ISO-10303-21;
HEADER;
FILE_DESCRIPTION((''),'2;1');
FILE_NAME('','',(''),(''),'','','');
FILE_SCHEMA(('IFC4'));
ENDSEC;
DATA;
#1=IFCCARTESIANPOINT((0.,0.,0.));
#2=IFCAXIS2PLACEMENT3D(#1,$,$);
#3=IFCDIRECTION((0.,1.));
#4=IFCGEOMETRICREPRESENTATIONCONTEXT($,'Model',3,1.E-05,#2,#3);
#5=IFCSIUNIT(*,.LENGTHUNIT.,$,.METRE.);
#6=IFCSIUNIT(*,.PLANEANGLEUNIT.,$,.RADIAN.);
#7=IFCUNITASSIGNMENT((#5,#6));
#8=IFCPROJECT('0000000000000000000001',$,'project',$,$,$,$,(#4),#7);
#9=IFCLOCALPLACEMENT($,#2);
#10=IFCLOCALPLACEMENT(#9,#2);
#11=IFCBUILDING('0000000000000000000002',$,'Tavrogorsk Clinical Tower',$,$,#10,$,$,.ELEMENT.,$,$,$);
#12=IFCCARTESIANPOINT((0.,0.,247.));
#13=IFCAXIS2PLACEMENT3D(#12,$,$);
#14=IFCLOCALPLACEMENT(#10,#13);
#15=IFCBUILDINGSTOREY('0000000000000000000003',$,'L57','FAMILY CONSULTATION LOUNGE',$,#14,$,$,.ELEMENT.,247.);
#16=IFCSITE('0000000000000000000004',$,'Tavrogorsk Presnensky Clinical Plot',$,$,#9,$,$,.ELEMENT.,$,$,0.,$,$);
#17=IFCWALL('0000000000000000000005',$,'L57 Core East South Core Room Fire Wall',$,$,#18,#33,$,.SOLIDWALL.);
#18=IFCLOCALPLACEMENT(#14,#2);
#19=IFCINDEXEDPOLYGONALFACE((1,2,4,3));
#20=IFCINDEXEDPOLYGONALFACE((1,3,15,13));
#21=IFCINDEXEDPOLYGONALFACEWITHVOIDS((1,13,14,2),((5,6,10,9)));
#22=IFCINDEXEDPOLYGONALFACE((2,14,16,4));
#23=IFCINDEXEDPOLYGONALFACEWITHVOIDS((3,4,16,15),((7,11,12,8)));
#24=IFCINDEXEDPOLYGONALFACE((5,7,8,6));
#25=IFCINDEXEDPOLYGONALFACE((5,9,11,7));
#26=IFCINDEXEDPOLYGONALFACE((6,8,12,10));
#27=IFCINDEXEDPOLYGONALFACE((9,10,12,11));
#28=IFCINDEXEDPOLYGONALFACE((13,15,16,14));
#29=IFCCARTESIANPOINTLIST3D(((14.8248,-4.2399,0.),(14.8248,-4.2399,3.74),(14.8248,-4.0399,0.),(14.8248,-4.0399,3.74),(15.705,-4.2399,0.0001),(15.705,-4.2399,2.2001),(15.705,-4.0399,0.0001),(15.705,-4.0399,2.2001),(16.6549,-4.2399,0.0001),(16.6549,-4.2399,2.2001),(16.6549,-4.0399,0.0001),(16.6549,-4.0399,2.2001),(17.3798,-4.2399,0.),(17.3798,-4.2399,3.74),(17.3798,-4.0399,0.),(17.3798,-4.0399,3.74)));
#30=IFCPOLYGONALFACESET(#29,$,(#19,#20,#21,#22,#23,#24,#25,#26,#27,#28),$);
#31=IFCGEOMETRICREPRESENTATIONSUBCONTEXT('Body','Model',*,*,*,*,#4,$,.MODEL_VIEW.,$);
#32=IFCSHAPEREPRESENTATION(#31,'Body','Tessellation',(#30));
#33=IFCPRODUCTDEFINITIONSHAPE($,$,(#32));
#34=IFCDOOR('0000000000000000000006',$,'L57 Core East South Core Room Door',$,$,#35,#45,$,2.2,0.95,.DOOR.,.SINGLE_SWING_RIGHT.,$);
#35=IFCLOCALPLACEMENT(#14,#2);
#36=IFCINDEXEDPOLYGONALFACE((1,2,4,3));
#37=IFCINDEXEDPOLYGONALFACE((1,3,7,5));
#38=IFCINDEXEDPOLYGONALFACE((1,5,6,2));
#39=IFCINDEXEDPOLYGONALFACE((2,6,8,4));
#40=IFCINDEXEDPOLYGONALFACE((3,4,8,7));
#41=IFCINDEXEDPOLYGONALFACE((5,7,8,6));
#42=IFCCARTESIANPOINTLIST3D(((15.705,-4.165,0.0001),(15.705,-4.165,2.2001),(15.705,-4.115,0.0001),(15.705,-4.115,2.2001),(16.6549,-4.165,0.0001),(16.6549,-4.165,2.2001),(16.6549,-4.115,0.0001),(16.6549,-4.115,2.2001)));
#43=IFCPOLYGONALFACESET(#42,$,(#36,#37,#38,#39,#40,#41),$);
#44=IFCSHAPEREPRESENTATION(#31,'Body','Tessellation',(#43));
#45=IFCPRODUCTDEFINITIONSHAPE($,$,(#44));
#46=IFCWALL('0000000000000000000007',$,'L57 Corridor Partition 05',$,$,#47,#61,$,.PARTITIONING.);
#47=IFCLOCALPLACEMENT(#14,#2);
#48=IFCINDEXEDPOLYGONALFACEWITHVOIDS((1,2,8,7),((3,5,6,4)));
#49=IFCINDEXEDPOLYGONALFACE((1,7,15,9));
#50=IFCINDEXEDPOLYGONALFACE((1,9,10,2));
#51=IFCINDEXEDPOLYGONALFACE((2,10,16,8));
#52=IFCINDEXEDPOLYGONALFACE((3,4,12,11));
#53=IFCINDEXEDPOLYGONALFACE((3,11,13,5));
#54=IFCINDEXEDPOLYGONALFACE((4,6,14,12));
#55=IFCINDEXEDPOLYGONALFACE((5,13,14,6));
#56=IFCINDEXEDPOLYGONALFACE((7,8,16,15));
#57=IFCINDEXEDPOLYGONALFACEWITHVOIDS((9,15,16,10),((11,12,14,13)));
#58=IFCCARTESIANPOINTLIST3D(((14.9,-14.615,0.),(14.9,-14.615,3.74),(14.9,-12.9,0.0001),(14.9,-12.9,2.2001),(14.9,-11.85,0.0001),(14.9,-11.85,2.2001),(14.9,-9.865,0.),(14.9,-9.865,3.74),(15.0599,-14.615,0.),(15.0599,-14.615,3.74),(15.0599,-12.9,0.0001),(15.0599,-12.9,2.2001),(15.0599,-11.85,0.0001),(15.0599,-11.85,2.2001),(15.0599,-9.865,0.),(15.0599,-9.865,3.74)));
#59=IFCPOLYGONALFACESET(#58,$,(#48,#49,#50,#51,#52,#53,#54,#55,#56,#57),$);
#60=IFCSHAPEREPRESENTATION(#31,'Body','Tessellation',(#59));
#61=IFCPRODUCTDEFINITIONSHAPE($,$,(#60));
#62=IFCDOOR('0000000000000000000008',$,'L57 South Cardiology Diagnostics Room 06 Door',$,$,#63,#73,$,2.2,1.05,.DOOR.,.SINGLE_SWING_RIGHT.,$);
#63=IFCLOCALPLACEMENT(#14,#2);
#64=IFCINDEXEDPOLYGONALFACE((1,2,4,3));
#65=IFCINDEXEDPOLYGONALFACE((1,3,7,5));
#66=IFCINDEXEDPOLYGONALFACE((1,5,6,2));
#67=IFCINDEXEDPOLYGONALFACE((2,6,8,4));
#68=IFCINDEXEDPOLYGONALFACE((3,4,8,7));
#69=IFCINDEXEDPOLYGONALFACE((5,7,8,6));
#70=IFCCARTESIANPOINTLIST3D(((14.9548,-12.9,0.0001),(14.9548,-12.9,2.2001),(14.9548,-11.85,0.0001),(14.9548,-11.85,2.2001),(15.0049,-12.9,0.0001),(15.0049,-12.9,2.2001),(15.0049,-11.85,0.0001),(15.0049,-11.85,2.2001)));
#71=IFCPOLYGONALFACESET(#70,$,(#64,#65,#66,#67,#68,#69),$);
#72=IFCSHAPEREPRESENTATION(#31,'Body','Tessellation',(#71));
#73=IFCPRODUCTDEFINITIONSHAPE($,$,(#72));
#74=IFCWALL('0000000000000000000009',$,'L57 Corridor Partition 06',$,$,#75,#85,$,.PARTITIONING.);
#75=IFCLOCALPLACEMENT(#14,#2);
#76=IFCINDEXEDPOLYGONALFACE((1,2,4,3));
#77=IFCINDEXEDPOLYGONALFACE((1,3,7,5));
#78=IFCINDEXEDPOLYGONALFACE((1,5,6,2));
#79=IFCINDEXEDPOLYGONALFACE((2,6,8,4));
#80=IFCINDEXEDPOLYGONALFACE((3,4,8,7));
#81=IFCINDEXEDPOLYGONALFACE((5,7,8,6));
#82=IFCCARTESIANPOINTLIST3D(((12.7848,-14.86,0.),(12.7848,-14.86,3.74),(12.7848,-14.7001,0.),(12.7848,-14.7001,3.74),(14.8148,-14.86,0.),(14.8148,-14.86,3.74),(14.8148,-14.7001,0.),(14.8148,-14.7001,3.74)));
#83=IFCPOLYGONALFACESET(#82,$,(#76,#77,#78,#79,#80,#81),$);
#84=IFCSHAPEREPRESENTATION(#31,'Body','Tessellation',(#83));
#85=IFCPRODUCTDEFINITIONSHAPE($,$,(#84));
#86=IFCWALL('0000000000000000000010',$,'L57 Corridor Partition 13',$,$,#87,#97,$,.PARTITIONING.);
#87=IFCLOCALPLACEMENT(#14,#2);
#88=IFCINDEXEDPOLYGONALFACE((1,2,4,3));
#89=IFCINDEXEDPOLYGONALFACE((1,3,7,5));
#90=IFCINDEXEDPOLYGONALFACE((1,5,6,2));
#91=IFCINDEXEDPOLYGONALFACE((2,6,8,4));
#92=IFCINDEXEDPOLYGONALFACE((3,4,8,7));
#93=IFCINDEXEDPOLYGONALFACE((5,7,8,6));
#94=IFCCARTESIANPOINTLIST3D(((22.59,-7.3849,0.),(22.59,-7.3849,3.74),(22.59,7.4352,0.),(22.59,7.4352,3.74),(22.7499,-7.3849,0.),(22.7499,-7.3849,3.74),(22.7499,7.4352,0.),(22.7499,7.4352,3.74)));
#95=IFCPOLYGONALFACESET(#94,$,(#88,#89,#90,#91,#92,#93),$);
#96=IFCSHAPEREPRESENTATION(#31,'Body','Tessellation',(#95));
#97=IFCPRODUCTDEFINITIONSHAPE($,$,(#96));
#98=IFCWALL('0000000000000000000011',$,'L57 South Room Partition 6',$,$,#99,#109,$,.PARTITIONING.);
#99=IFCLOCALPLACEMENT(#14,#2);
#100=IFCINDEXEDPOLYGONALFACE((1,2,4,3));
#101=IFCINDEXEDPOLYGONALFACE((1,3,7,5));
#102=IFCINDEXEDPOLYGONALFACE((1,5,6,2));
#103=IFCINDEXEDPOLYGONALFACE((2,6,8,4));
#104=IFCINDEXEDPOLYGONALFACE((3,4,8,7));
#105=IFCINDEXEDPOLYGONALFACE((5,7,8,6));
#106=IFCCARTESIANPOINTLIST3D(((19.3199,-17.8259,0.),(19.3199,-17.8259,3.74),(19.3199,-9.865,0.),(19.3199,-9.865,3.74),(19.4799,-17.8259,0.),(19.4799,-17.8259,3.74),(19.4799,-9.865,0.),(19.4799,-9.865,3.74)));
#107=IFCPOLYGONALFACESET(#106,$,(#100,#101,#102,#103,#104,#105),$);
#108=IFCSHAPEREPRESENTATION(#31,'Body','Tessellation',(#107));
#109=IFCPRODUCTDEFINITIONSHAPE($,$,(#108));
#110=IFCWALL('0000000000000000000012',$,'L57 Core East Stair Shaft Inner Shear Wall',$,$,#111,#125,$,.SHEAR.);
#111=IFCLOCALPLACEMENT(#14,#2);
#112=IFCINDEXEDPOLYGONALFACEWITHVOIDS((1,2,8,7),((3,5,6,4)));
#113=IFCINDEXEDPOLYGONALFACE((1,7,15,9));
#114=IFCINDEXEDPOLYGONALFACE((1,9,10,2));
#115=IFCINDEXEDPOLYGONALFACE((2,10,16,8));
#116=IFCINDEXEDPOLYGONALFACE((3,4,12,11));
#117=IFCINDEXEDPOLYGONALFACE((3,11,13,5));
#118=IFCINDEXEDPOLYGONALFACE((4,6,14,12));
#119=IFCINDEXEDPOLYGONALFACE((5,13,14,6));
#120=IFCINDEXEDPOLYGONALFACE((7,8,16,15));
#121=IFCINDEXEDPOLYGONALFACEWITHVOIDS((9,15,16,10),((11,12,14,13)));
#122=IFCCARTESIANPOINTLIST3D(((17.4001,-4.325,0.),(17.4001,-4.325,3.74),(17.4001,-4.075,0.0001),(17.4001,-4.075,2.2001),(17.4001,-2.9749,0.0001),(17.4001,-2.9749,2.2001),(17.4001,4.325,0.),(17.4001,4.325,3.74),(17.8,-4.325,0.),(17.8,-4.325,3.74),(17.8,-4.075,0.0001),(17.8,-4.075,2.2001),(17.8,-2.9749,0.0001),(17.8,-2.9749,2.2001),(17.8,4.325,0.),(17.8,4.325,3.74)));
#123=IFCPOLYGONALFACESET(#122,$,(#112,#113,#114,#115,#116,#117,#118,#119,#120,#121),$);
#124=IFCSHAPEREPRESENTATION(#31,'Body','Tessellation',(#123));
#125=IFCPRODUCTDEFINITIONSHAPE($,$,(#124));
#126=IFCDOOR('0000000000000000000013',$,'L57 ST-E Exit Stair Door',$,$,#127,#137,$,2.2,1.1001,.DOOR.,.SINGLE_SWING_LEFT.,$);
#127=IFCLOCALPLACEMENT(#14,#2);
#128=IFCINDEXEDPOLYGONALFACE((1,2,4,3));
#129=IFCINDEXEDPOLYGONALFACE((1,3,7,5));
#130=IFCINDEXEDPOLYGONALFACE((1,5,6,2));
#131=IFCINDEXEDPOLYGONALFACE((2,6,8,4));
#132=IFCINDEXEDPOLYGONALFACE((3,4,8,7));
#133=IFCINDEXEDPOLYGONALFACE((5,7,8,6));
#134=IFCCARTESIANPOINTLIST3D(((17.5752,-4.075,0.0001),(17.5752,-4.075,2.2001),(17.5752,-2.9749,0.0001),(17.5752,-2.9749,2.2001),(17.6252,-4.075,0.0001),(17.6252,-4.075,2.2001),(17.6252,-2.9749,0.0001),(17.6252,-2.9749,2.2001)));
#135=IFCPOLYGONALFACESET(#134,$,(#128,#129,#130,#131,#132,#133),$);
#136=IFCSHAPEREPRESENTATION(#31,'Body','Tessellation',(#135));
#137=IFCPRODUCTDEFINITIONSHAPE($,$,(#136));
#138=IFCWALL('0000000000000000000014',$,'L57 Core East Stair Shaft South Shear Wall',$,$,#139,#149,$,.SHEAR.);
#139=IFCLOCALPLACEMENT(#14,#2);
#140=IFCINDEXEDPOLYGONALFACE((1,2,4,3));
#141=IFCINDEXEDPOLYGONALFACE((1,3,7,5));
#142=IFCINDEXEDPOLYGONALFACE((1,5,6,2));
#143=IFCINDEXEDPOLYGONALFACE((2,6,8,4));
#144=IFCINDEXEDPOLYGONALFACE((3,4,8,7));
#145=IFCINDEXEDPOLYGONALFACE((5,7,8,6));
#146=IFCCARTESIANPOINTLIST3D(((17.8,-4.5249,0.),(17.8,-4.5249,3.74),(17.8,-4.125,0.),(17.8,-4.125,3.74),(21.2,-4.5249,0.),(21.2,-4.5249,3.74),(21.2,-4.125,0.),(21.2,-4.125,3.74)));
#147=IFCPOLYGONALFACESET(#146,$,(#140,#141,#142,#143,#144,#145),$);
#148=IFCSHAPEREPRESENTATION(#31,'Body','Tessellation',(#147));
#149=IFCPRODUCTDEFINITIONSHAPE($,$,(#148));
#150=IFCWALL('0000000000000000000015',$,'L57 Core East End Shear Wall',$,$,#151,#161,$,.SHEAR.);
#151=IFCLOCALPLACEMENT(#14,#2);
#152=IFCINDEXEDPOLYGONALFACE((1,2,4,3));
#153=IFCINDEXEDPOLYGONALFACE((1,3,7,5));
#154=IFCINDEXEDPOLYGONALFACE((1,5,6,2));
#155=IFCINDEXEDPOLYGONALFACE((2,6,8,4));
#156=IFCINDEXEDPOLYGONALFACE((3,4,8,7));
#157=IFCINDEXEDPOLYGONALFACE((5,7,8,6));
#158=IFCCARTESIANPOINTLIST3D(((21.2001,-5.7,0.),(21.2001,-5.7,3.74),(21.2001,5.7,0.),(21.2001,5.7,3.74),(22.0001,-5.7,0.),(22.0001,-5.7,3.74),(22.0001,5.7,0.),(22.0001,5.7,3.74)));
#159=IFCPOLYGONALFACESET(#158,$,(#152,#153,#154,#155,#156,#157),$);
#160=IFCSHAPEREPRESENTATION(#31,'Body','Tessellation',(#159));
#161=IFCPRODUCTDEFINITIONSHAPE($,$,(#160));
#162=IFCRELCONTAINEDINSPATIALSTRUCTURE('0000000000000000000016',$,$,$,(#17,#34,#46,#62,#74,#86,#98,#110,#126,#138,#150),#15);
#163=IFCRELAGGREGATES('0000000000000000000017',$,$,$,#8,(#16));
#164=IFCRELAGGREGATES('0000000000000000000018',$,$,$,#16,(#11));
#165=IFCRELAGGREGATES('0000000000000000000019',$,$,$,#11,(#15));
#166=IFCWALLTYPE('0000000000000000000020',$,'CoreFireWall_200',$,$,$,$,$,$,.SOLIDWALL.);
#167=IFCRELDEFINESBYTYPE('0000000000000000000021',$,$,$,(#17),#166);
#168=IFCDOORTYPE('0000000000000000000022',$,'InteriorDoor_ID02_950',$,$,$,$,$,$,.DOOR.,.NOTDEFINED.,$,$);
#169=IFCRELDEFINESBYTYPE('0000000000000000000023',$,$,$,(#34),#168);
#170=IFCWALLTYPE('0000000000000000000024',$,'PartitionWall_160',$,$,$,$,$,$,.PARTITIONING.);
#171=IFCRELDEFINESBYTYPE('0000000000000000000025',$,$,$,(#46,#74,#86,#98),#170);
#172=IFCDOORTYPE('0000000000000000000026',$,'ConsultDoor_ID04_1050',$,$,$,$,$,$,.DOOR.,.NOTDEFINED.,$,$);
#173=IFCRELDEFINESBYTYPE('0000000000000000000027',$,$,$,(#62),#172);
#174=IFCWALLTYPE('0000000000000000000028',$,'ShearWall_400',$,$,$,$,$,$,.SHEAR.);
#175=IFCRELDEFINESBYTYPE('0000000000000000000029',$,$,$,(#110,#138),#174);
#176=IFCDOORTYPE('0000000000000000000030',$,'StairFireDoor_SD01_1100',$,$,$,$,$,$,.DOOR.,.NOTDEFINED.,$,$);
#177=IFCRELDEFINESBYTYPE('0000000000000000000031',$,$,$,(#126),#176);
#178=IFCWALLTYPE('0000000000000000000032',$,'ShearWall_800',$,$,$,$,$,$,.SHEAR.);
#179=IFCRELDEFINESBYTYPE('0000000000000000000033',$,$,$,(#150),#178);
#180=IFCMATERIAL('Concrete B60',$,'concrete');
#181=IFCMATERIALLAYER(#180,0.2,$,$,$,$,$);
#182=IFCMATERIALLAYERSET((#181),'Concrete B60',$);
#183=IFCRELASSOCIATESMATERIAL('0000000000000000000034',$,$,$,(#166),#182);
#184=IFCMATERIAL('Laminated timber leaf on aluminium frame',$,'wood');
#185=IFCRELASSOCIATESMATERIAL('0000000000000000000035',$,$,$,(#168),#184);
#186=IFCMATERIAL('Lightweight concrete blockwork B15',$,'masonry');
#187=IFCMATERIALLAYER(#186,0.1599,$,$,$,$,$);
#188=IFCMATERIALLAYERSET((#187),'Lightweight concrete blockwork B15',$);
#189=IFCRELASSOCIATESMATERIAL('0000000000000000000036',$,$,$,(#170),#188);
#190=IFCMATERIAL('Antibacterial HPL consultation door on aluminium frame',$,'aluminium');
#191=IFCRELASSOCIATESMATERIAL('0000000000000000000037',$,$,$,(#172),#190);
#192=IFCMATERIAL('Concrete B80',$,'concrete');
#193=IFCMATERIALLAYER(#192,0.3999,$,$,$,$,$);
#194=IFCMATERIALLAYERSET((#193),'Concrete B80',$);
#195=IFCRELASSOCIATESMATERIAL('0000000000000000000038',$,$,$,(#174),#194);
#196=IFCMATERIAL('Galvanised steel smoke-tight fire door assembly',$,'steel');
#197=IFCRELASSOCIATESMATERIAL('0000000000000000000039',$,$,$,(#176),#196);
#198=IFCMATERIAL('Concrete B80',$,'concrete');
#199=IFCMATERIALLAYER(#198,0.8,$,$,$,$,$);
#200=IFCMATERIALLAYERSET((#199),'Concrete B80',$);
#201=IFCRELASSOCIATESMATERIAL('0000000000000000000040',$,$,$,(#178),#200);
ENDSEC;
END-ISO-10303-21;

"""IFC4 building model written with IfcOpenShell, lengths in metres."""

from ifc_helpers import new_model, si_unit, direction, frame, frame_2d, origin, place, context, subcontext, project, spatial, rectangle, extrude, material, layer, layer_set, type_object, element, fill, save


model = new_model("IFC4")

# Units and contexts
model_context = context("Model", 3, precision=1e-05, world=origin(), true_north=direction((0.0, 1.0)))
body_context = subcontext(model_context, "Body", "Model", "MODEL_VIEW")
ifc_project = project(units=[si_unit("LENGTHUNIT", "METRE"), si_unit("PLANEANGLEUNIT", "RADIAN")], contexts=[model_context])

# Site, building, storey
site_placement = place(None, origin())
site = spatial("IfcSite", under=ifc_project, at=site_placement, Name="Tavrogorsk Presnensky Clinical Plot", CompositionType="ELEMENT", RefElevation=0.0)
building_placement = place(site_placement, origin())
building = spatial("IfcBuilding", under=site, at=building_placement, Name="Tavrogorsk Clinical Tower", CompositionType="ELEMENT")
storey_placement = place(building_placement, frame((0.0, 0.0, 247.0)))
storey = spatial("IfcBuildingStorey", under=building, at=storey_placement, Name="L57", Description="FAMILY CONSULTATION LOUNGE", CompositionType="ELEMENT", Elevation=247.0)

# Walls, openings, doors
ifc_material_1 = material(Name="Concrete B60", Category="concrete")
ifc_layer_1 = layer(ifc_material_1, 0.2)
ifc_layer_set_1 = layer_set([ifc_layer_1], Name="Concrete B60")
wall_type_1 = type_object("IfcWallType", Name="CoreFireWall_200", PredefinedType="SOLIDWALL", material=ifc_layer_set_1)
wall_1_placement = place(storey_placement, frame((14.825, -4.1399, 0.0), z_axis=(0.0, 0.0, 1.0), x_axis=(1.0, 0.0, 0.0)))
wall_1 = element("IfcWall", 1, at=wall_1_placement, inside=storey, type_object=wall_type_1, Name="L57 Core East South Core Room Fire Wall", PredefinedType="SOLIDWALL", context=body_context, shape_type="SweptSolid", body=[
    extrude(rectangle(XDim=2.5549, YDim=0.2, at=frame_2d((1.2773, 0.0))), origin(), (0.0, 0.0, 1.0), 3.74),
])
opening_1_placement = place(wall_1_placement, frame((0.8799, 0.0, 0.0)))
opening_1 = element("IfcOpeningElement", 2, at=opening_1_placement, cuts=wall_1, PredefinedType="OPENING", context=body_context, shape_type="SweptSolid", body=[
    extrude(rectangle(XDim=0.95, YDim=2.2, at=frame_2d((0.4751, 1.1001))), frame((0.0, 0.1099, 0.0), z_axis=(0.0, -1.0, 0.0), x_axis=(1.0, 0.0, 0.0)), (0.0, 0.0, 1.0), 0.22),
])
ifc_material_2 = material(Name="Laminated timber leaf on aluminium frame", Category="wood")
door_type_1 = type_object("IfcDoorType", Name="InteriorDoor_ID02_950", OperationType="NOTDEFINED", PredefinedType="DOOR", material=ifc_material_2)
door_1_placement = place(opening_1_placement, origin())
door_1 = element("IfcDoor", 3, at=door_1_placement, inside=storey, type_object=door_type_1, Name="L57 Core East South Core Room Door", OperationType="SINGLE_SWING_RIGHT", OverallHeight=2.2, OverallWidth=0.95, PredefinedType="DOOR", context=body_context, shape_type="SweptSolid", body=[
    extrude(rectangle(XDim=0.95, YDim=2.2, at=frame_2d((0.4751, 1.1001))), frame((0.0, 0.0249, 0.0), z_axis=(0.0, -1.0, 0.0), x_axis=(1.0, 0.0, 0.0)), (0.0, 0.0, 1.0), 0.05),
])
fill(opening_1, door_1)
ifc_material_3 = material(Name="Lightweight concrete blockwork B15", Category="masonry")
ifc_layer_2 = layer(ifc_material_3, 0.1599)
ifc_layer_set_2 = layer_set([ifc_layer_2], Name="Lightweight concrete blockwork B15")
wall_type_2 = type_object("IfcWallType", Name="PartitionWall_160", PredefinedType="PARTITIONING", material=ifc_layer_set_2)
wall_2_placement = place(storey_placement, frame((14.98, -9.865, 0.0), z_axis=(0.0, 0.0, 1.0), x_axis=(0.0, -1.0, 0.0)))
wall_2 = element("IfcWall", 4, at=wall_2_placement, inside=storey, type_object=wall_type_2, Name="L57 Corridor Partition 05", PredefinedType="PARTITIONING", context=body_context, shape_type="SweptSolid", body=[
    extrude(rectangle(XDim=4.75, YDim=0.1599, at=frame_2d((2.375, 0.0))), origin(), (0.0, 0.0, 1.0), 3.74),
])
opening_2_placement = place(wall_2_placement, frame((1.9851, 0.0, 0.0)))
opening_2 = element("IfcOpeningElement", 5, at=opening_2_placement, cuts=wall_2, PredefinedType="OPENING", context=body_context, shape_type="SweptSolid", body=[
    extrude(rectangle(XDim=1.05, YDim=2.2, at=frame_2d((0.5249, 1.1001))), frame((0.0, 0.0898, 0.0), z_axis=(0.0, -1.0, 0.0), x_axis=(1.0, 0.0, 0.0)), (0.0, 0.0, 1.0), 0.1799),
])
ifc_material_4 = material(Name="Antibacterial HPL consultation door on aluminium frame", Category="aluminium")
door_type_2 = type_object("IfcDoorType", Name="ConsultDoor_ID04_1050", OperationType="NOTDEFINED", PredefinedType="DOOR", material=ifc_material_4)
door_2_placement = place(opening_2_placement, origin())
door_2 = element("IfcDoor", 6, at=door_2_placement, inside=storey, type_object=door_type_2, Name="L57 South Cardiology Diagnostics Room 06 Door", OperationType="SINGLE_SWING_RIGHT", OverallHeight=2.2, OverallWidth=1.05, PredefinedType="DOOR", context=body_context, shape_type="SweptSolid", body=[
    extrude(rectangle(XDim=1.05, YDim=2.2, at=frame_2d((0.5249, 1.1001))), frame((0.0, 0.0249, 0.0), z_axis=(0.0, -1.0, 0.0), x_axis=(1.0, 0.0, 0.0)), (0.0, 0.0, 1.0), 0.05),
])
fill(opening_2, door_2)

# Walls
wall_3_placement = place(storey_placement, frame((14.8149, -14.78, 0.0), z_axis=(0.0, 0.0, 1.0), x_axis=(-1.0, 0.0, 0.0)))
element("IfcWall", 7, at=wall_3_placement, inside=storey, type_object=wall_type_2, Name="L57 Corridor Partition 06", PredefinedType="PARTITIONING", context=body_context, shape_type="SweptSolid", body=[
    extrude(rectangle(XDim=2.03, YDim=0.1599, at=frame_2d((1.0151, 0.0))), origin(), (0.0, 0.0, 1.0), 3.74),
])
wall_4_placement = place(storey_placement, frame((22.6699, -7.385, 0.0), z_axis=(0.0, 0.0, 1.0), x_axis=(0.0, 1.0, 0.0)))
element("IfcWall", 8, at=wall_4_placement, inside=storey, type_object=wall_type_2, Name="L57 Corridor Partition 13", PredefinedType="PARTITIONING", context=body_context, shape_type="SweptSolid", body=[
    extrude(rectangle(XDim=14.8201, YDim=0.1599, at=frame_2d((7.4102, 0.0))), origin(), (0.0, 0.0, 1.0), 3.74),
])
wall_5_placement = place(storey_placement, frame((19.3999, -17.8259, 0.0), z_axis=(0.0, 0.0, 1.0), x_axis=(0.0, 1.0, 0.0)))
element("IfcWall", 9, at=wall_5_placement, inside=storey, type_object=wall_type_2, Name="L57 South Room Partition 6", PredefinedType="PARTITIONING", context=body_context, shape_type="SweptSolid", body=[
    extrude(rectangle(XDim=7.9609, YDim=0.1599, at=frame_2d((3.9805, 0.0))), origin(), (0.0, 0.0, 1.0), 3.74),
])

# Wall, opening, door
ifc_material_5 = material(Name="Concrete B80", Category="concrete")
ifc_layer_3 = layer(ifc_material_5, 0.3999)
ifc_layer_set_3 = layer_set([ifc_layer_3], Name="Concrete B80")
wall_type_3 = type_object("IfcWallType", Name="ShearWall_400", PredefinedType="SHEAR", material=ifc_layer_set_3)
wall_6_placement = place(storey_placement, frame((17.6001, -4.325, 0.0), z_axis=(0.0, 0.0, 1.0), x_axis=(0.0, 1.0, 0.0)))
wall_6 = element("IfcWall", 10, at=wall_6_placement, inside=storey, type_object=wall_type_3, Name="L57 Core East Stair Shaft Inner Shear Wall", PredefinedType="SHEAR", context=body_context, shape_type="SweptSolid", body=[
    extrude(rectangle(XDim=8.6499, YDim=0.3999, at=frame_2d((4.325, 0.0))), origin(), (0.0, 0.0, 1.0), 3.74),
])
opening_3_placement = place(wall_6_placement, frame((0.25, 0.0, 0.0)))
opening_3 = element("IfcOpeningElement", 11, at=opening_3_placement, cuts=wall_6, PredefinedType="OPENING", context=body_context, shape_type="SweptSolid", body=[
    extrude(rectangle(XDim=1.1001, YDim=2.2, at=frame_2d((0.55, 1.1001))), frame((0.0, 0.21, 0.0), z_axis=(0.0, -1.0, 0.0), x_axis=(1.0, 0.0, 0.0)), (0.0, 0.0, 1.0), 0.4199),
])
ifc_material_6 = material(Name="Galvanised steel smoke-tight fire door assembly", Category="steel")
door_type_3 = type_object("IfcDoorType", Name="StairFireDoor_SD01_1100", OperationType="NOTDEFINED", PredefinedType="DOOR", material=ifc_material_6)
door_3_placement = place(opening_3_placement, origin())
door_3 = element("IfcDoor", 12, at=door_3_placement, inside=storey, type_object=door_type_3, Name="L57 ST-E Exit Stair Door", OperationType="SINGLE_SWING_LEFT", OverallHeight=2.2, OverallWidth=1.1001, PredefinedType="DOOR", context=body_context, shape_type="SweptSolid", body=[
    extrude(rectangle(XDim=1.1001, YDim=2.2, at=frame_2d((0.55, 1.1001))), frame((0.0, 0.0249, 0.0), z_axis=(0.0, -1.0, 0.0), x_axis=(1.0, 0.0, 0.0)), (0.0, 0.0, 1.0), 0.05),
])
fill(opening_3, door_3)

# Walls
wall_7_placement = place(storey_placement, frame((17.8, -4.325, 0.0), z_axis=(0.0, 0.0, 1.0), x_axis=(1.0, 0.0, 0.0)))
element("IfcWall", 13, at=wall_7_placement, inside=storey, type_object=wall_type_3, Name="L57 Core East Stair Shaft South Shear Wall", PredefinedType="SHEAR", context=body_context, shape_type="SweptSolid", body=[
    extrude(rectangle(XDim=3.3999, YDim=0.3999, at=frame_2d((1.7, 0.0))), origin(), (0.0, 0.0, 1.0), 3.74),
])
ifc_material_7 = material(Name="Concrete B80", Category="concrete")
ifc_layer_4 = layer(ifc_material_7, 0.8)
ifc_layer_set_4 = layer_set([ifc_layer_4], Name="Concrete B80")
wall_type_4 = type_object("IfcWallType", Name="ShearWall_800", PredefinedType="SHEAR", material=ifc_layer_set_4)
wall_8_placement = place(storey_placement, frame((21.6001, -5.7, 0.0), z_axis=(0.0, 0.0, 1.0), x_axis=(0.0, 1.0, 0.0)))
element("IfcWall", 14, at=wall_8_placement, inside=storey, type_object=wall_type_4, Name="L57 Core East End Shear Wall", PredefinedType="SHEAR", context=body_context, shape_type="SweptSolid", body=[
    extrude(rectangle(XDim=11.3999, YDim=0.8, at=frame_2d((5.7, 0.0))), origin(), (0.0, 0.0, 1.0), 3.74),
])

save(model, "model.ifc")
